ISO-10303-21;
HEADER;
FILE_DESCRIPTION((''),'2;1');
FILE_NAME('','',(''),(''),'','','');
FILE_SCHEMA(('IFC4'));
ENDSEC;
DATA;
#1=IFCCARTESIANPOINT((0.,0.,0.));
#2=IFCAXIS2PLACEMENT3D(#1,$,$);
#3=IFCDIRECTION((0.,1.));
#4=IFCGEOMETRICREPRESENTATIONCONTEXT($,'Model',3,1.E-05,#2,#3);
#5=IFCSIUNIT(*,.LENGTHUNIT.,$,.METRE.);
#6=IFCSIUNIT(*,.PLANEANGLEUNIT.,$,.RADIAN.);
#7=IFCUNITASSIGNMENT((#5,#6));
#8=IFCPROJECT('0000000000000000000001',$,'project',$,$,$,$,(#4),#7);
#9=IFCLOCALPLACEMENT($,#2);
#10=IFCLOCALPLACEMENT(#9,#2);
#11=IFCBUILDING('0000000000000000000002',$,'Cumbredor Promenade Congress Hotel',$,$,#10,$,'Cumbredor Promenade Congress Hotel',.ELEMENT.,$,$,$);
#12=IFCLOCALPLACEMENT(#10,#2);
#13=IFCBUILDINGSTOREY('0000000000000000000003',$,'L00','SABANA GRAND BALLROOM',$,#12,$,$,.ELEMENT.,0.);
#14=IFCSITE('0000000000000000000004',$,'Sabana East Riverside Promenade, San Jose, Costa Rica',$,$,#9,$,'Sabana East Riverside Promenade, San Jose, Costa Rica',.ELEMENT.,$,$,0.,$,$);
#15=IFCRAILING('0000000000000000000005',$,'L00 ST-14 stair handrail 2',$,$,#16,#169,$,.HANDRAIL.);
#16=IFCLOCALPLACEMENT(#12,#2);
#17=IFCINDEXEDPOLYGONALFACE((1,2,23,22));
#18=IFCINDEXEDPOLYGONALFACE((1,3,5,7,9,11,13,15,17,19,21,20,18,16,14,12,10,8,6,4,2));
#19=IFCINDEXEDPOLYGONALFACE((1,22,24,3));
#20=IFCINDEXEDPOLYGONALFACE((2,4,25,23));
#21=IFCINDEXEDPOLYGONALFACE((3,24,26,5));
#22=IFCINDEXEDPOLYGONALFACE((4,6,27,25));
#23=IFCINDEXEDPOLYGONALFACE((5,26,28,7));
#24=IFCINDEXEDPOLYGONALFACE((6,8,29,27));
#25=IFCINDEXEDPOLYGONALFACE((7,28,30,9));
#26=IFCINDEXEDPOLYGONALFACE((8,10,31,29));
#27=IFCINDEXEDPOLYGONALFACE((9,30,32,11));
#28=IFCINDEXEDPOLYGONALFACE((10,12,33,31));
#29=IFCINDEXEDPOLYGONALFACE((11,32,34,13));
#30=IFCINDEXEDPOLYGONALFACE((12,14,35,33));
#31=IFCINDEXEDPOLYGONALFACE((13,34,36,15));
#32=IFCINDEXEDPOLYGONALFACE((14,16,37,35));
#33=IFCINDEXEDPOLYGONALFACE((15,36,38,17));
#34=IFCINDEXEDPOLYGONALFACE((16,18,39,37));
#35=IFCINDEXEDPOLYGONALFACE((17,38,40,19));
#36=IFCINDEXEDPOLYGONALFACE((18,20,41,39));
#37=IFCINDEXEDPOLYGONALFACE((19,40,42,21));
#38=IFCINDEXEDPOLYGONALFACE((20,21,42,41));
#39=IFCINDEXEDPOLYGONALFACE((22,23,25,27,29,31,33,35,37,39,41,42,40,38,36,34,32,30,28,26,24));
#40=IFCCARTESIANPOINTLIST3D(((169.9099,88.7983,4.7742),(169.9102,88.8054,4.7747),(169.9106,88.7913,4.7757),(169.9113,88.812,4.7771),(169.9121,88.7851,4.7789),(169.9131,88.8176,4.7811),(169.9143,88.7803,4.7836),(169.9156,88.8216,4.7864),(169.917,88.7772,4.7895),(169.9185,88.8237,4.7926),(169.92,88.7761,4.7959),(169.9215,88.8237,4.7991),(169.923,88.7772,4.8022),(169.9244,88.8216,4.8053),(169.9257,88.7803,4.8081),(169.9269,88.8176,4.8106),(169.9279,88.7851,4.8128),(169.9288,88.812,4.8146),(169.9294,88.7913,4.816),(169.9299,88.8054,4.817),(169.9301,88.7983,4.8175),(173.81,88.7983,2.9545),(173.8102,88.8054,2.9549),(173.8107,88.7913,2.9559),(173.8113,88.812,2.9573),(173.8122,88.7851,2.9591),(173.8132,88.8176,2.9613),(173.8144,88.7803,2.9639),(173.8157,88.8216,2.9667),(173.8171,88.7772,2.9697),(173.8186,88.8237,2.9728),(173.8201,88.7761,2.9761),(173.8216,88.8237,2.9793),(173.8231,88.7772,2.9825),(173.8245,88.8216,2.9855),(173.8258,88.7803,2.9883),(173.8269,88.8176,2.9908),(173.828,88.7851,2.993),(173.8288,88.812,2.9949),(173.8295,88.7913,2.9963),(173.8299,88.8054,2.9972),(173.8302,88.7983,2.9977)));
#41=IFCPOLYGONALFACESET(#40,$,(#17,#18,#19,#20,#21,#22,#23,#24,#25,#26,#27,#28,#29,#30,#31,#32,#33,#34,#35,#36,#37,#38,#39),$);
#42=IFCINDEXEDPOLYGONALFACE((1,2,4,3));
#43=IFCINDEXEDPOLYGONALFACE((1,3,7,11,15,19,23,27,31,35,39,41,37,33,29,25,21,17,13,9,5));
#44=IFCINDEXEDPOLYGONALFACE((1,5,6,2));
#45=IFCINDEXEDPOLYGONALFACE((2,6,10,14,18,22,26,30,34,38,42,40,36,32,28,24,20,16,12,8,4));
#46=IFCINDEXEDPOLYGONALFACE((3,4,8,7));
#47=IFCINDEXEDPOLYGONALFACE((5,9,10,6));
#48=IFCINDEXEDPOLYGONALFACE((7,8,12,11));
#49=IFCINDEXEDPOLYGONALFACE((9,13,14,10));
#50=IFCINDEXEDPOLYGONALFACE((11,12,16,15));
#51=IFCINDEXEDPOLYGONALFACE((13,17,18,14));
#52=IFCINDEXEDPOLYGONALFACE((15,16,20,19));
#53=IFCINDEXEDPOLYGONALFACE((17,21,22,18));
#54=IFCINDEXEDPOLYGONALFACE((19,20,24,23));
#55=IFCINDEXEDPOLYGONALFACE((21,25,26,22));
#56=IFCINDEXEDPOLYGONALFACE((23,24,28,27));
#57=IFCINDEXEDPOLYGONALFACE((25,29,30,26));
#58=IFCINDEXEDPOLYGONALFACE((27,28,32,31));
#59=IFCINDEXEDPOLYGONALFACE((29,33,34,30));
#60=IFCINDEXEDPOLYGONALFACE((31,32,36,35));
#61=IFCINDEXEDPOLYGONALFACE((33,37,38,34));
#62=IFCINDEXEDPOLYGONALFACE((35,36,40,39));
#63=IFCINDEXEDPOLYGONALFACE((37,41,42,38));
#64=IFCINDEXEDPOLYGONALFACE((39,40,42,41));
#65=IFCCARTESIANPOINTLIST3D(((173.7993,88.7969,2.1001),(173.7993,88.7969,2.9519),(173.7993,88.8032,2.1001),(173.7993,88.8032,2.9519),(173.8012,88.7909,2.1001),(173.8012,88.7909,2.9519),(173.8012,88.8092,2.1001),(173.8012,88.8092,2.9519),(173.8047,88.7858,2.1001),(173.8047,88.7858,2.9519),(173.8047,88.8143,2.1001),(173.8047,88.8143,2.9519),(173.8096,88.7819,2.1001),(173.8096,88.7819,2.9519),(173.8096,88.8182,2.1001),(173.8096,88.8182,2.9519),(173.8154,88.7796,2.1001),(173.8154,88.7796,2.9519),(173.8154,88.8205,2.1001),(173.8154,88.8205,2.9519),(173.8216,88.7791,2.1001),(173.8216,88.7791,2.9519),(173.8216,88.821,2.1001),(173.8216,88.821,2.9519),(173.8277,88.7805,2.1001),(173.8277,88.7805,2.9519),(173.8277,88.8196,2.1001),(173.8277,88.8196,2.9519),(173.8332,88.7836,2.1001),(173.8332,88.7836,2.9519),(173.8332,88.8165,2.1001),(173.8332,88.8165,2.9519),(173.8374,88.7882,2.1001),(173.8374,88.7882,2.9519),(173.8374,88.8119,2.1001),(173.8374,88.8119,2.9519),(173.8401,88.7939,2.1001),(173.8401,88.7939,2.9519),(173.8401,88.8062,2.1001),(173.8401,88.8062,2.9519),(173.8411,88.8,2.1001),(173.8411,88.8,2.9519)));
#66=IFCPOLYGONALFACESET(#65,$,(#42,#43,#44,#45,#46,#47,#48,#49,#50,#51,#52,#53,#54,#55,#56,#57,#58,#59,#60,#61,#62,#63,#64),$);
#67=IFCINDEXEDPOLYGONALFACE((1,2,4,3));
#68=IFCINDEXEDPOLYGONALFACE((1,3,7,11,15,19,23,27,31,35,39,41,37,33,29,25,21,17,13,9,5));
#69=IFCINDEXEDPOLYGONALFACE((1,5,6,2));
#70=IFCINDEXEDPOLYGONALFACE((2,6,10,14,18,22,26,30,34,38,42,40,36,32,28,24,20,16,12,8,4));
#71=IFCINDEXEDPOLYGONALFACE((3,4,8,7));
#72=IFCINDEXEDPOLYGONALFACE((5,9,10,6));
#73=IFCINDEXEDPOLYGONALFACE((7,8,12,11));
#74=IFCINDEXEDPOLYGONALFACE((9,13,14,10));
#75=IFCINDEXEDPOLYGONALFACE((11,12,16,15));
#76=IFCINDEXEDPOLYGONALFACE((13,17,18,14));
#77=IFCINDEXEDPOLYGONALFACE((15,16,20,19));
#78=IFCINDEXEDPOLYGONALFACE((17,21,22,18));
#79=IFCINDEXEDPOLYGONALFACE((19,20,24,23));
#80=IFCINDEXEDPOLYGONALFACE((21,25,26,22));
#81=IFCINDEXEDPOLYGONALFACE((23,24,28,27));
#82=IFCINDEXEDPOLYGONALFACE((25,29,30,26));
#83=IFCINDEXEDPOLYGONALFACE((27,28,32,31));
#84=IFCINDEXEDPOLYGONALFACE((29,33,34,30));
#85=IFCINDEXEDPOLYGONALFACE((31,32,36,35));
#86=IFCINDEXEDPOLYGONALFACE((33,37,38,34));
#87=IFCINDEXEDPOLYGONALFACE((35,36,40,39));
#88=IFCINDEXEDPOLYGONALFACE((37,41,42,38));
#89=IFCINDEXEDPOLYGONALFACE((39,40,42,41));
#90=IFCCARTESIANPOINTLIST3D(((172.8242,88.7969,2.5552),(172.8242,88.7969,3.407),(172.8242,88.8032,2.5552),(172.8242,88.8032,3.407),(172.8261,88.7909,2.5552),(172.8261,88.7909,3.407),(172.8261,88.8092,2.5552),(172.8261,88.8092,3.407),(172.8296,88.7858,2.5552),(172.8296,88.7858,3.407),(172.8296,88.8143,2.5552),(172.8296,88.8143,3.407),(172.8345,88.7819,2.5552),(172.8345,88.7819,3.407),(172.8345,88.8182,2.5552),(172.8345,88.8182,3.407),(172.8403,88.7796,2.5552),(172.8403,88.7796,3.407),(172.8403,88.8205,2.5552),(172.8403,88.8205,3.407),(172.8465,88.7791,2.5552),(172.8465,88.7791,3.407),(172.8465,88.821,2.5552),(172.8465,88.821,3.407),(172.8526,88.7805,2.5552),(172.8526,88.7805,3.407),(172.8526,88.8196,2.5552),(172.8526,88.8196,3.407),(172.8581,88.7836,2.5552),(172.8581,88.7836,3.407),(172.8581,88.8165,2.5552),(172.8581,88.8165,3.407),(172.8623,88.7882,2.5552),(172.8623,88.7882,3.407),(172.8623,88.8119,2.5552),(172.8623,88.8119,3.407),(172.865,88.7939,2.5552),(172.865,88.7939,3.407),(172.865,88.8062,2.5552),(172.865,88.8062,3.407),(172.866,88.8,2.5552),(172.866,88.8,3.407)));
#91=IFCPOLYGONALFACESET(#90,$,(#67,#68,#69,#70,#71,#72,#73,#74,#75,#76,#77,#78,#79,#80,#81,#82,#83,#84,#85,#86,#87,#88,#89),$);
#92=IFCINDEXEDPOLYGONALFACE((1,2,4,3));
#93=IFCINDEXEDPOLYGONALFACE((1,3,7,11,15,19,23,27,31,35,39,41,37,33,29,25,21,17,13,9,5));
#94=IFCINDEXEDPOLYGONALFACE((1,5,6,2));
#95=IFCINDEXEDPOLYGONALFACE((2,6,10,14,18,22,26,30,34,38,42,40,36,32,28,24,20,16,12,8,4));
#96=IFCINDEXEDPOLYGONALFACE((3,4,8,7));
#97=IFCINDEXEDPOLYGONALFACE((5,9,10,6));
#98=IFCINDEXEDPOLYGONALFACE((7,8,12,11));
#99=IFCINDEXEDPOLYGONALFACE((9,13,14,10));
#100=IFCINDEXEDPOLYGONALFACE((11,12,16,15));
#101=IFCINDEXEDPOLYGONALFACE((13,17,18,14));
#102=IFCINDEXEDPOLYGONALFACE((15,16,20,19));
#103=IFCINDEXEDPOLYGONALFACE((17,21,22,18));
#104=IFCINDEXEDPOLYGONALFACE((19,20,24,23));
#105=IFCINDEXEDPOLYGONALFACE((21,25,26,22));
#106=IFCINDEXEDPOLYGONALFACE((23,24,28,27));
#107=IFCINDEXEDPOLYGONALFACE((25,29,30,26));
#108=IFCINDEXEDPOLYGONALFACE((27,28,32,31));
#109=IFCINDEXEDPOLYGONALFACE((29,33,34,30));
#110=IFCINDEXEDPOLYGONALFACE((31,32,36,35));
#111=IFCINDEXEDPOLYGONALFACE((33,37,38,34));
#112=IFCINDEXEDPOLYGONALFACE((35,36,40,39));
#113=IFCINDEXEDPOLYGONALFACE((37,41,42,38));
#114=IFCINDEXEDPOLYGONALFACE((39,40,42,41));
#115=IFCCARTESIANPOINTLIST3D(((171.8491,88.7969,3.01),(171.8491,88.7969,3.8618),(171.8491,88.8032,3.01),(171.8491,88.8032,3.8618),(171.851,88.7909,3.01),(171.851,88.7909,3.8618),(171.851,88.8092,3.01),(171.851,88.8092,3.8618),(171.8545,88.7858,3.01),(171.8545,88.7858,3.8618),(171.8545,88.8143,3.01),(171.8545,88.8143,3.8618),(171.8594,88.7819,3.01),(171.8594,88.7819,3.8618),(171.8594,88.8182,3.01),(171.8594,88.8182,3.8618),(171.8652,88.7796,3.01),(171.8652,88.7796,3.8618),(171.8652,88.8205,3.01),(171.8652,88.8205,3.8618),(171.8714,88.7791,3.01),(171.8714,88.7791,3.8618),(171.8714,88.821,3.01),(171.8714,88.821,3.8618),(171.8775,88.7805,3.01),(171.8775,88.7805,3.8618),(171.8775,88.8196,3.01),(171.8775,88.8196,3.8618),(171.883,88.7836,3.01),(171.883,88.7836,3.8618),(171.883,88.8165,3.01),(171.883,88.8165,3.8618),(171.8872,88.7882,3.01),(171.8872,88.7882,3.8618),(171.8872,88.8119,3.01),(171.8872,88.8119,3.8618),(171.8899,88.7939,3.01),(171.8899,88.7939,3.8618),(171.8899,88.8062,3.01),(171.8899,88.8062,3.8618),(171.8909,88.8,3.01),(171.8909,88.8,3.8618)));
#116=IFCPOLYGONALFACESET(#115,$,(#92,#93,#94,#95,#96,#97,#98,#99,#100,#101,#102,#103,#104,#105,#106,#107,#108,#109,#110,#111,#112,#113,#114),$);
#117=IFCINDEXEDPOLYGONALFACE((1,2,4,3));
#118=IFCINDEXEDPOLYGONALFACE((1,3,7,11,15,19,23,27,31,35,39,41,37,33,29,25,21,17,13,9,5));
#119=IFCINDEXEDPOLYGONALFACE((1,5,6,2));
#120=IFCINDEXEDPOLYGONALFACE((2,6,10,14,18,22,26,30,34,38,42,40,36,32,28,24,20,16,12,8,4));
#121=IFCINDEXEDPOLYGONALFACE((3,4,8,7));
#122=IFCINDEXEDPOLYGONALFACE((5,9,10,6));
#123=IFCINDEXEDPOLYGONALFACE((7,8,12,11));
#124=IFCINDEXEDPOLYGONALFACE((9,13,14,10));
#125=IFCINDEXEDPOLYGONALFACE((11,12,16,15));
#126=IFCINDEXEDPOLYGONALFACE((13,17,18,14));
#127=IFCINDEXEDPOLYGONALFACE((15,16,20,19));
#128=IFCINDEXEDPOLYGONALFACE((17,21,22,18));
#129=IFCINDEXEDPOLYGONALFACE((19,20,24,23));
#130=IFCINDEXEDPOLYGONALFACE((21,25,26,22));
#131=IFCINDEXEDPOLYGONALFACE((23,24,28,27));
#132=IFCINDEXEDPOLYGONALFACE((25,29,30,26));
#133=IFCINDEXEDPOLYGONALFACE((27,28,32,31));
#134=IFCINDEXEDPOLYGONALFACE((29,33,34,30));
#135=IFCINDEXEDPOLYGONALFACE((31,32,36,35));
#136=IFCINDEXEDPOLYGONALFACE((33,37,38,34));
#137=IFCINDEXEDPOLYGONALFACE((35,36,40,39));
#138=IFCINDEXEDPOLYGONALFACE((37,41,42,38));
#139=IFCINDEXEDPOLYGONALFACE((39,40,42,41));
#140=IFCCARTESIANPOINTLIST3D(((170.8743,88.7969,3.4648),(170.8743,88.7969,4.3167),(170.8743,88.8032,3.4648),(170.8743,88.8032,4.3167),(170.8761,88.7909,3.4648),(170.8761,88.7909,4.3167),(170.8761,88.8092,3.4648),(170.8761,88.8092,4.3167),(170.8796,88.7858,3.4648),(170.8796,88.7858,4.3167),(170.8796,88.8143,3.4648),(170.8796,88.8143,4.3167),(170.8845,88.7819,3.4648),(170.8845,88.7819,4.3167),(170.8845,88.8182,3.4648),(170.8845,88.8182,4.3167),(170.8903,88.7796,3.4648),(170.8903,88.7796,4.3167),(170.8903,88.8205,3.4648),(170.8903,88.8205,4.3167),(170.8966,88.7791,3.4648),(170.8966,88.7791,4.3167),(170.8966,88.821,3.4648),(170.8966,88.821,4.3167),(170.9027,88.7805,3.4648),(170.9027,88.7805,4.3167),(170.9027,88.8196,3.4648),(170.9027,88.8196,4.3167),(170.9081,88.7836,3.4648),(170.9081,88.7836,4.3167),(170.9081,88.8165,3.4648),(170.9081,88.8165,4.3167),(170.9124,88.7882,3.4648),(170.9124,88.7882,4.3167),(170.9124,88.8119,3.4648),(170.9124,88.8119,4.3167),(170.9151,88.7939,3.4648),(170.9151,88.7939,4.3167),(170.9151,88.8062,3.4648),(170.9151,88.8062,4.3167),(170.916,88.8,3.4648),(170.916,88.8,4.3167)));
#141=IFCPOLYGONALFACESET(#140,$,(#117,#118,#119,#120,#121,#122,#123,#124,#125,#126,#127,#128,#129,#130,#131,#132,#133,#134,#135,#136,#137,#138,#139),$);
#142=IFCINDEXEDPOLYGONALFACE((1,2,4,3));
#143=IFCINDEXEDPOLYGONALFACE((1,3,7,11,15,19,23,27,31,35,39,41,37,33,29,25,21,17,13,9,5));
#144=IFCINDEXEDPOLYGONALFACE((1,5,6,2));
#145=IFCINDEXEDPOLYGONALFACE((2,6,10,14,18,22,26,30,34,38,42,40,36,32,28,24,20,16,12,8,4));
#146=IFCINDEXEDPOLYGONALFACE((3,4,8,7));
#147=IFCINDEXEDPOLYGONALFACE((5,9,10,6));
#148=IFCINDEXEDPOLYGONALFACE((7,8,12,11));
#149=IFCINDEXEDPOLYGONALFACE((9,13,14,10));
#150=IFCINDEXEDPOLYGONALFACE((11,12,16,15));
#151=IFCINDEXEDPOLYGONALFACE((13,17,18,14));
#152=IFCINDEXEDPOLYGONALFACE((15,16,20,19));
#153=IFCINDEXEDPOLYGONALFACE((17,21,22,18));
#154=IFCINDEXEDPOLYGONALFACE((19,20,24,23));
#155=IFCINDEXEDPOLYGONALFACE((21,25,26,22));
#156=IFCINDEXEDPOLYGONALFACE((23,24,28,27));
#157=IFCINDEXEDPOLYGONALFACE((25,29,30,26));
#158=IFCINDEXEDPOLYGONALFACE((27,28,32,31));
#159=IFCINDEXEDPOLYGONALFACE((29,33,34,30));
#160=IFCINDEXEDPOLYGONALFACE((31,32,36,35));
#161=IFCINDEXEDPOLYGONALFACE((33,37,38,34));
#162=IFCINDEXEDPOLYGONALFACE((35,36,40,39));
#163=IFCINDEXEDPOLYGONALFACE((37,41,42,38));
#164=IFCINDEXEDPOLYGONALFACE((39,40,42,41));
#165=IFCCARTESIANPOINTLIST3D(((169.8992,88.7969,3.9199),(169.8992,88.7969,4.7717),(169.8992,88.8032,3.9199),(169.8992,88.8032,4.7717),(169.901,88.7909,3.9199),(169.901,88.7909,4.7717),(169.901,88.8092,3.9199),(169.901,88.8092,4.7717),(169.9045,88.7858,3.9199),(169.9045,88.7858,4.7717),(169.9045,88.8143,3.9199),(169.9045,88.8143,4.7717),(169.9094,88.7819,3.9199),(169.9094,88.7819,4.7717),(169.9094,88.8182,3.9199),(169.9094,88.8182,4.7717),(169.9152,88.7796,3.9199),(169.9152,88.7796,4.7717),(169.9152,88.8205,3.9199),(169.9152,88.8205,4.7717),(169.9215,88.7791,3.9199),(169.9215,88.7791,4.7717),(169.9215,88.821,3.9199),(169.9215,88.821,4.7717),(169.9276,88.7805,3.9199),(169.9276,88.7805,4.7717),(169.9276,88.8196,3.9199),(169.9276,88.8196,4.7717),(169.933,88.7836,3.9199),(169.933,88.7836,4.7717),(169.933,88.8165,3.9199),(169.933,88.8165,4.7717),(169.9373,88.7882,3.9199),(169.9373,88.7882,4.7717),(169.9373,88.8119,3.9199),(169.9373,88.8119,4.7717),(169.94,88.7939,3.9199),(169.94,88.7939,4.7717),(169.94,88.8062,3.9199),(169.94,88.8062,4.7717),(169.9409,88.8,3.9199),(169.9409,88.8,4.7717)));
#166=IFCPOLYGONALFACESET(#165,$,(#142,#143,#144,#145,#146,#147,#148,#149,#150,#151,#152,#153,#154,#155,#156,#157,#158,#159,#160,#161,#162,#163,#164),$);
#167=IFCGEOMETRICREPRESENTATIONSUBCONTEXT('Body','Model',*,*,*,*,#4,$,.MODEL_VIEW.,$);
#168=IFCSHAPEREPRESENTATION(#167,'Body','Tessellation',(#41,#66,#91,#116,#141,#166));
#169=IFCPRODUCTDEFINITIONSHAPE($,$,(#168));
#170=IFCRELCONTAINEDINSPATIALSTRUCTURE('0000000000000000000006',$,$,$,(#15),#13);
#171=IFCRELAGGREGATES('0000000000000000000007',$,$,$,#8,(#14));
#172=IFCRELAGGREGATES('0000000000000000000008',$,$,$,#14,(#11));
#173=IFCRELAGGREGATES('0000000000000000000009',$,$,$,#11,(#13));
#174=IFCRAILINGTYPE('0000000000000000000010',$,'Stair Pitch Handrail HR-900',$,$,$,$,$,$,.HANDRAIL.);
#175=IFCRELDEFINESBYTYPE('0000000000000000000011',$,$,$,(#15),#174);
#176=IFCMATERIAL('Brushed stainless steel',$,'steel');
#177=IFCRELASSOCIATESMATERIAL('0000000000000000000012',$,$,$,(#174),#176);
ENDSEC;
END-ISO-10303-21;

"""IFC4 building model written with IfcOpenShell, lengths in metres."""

from ifc_helpers import new_model, si_unit, direction, frame, origin, origin_2d, place, context, subcontext, project, spatial, circle, extrude, material, type_object, element, save


model = new_model("IFC4")

# Units and contexts
model_context = context("Model", 3, precision=1e-05, world=origin(), true_north=direction((0.0, 1.0)))
body_context = subcontext(model_context, "Body", "Model", "MODEL_VIEW")
ifc_project = project(units=[si_unit("LENGTHUNIT", "METRE"), si_unit("PLANEANGLEUNIT", "RADIAN")], contexts=[model_context])

# Site, building, storey
site_placement = place(None, origin())
site = spatial("IfcSite", under=ifc_project, at=site_placement, Name="Sabana East Riverside Promenade, San Jose, Costa Rica", LongName="Sabana East Riverside Promenade, San Jose, Costa Rica", CompositionType="ELEMENT", RefElevation=0.0)
building_placement = place(site_placement, origin())
building = spatial("IfcBuilding", under=site, at=building_placement, Name="Cumbredor Promenade Congress Hotel", LongName="Cumbredor Promenade Congress Hotel", CompositionType="ELEMENT")
storey_placement = place(building_placement, origin())
storey = spatial("IfcBuildingStorey", under=building, at=storey_placement, Name="L00", Description="SABANA GRAND BALLROOM", CompositionType="ELEMENT", Elevation=0.0)

# Railing
ifc_material_1 = material(Name="Brushed stainless steel", Category="steel")
railing_type = type_object("IfcRailingType", Name="Stair Pitch Handrail HR-900", PredefinedType="HANDRAIL", material=ifc_material_1)
railing_placement = place(storey_placement, frame((173.8201, 88.8, 2.1001)))
element("IfcRailing", 1, at=railing_placement, inside=storey, type_object=railing_type, Name="L00 ST-14 stair handrail 2", PredefinedType="HANDRAIL", context=body_context, shape_type="SweptSolid", body=[
    extrude(circle(Radius=0.0239, at=origin_2d()), frame((0.0, 0.0, 0.876), z_axis=(-0.906205, 0.0, 0.422839), x_axis=(0.0, -1.0, 0.0)), (0.0, 0.0, 1.0), 4.3037),
    extrude(circle(Radius=0.021, at=origin_2d()), origin(), (0.0, 0.0, 1.0), 0.8518),
    extrude(circle(Radius=0.021, at=origin_2d()), frame((-0.9751, 0.0, 0.4551)), (0.0, 0.0, 1.0), 0.8518),
    extrude(circle(Radius=0.021, at=origin_2d()), frame((-1.9502, 0.0, 0.9099)), (0.0, 0.0, 1.0), 0.8518),
    extrude(circle(Radius=0.021, at=origin_2d()), frame((-2.925, 0.0, 1.3647)), (0.0, 0.0, 1.0), 0.8518),
    extrude(circle(Radius=0.021, at=origin_2d()), frame((-3.9001, 0.0, 1.8198)), (0.0, 0.0, 1.0), 0.8518),
])

save(model, "model.ifc")
